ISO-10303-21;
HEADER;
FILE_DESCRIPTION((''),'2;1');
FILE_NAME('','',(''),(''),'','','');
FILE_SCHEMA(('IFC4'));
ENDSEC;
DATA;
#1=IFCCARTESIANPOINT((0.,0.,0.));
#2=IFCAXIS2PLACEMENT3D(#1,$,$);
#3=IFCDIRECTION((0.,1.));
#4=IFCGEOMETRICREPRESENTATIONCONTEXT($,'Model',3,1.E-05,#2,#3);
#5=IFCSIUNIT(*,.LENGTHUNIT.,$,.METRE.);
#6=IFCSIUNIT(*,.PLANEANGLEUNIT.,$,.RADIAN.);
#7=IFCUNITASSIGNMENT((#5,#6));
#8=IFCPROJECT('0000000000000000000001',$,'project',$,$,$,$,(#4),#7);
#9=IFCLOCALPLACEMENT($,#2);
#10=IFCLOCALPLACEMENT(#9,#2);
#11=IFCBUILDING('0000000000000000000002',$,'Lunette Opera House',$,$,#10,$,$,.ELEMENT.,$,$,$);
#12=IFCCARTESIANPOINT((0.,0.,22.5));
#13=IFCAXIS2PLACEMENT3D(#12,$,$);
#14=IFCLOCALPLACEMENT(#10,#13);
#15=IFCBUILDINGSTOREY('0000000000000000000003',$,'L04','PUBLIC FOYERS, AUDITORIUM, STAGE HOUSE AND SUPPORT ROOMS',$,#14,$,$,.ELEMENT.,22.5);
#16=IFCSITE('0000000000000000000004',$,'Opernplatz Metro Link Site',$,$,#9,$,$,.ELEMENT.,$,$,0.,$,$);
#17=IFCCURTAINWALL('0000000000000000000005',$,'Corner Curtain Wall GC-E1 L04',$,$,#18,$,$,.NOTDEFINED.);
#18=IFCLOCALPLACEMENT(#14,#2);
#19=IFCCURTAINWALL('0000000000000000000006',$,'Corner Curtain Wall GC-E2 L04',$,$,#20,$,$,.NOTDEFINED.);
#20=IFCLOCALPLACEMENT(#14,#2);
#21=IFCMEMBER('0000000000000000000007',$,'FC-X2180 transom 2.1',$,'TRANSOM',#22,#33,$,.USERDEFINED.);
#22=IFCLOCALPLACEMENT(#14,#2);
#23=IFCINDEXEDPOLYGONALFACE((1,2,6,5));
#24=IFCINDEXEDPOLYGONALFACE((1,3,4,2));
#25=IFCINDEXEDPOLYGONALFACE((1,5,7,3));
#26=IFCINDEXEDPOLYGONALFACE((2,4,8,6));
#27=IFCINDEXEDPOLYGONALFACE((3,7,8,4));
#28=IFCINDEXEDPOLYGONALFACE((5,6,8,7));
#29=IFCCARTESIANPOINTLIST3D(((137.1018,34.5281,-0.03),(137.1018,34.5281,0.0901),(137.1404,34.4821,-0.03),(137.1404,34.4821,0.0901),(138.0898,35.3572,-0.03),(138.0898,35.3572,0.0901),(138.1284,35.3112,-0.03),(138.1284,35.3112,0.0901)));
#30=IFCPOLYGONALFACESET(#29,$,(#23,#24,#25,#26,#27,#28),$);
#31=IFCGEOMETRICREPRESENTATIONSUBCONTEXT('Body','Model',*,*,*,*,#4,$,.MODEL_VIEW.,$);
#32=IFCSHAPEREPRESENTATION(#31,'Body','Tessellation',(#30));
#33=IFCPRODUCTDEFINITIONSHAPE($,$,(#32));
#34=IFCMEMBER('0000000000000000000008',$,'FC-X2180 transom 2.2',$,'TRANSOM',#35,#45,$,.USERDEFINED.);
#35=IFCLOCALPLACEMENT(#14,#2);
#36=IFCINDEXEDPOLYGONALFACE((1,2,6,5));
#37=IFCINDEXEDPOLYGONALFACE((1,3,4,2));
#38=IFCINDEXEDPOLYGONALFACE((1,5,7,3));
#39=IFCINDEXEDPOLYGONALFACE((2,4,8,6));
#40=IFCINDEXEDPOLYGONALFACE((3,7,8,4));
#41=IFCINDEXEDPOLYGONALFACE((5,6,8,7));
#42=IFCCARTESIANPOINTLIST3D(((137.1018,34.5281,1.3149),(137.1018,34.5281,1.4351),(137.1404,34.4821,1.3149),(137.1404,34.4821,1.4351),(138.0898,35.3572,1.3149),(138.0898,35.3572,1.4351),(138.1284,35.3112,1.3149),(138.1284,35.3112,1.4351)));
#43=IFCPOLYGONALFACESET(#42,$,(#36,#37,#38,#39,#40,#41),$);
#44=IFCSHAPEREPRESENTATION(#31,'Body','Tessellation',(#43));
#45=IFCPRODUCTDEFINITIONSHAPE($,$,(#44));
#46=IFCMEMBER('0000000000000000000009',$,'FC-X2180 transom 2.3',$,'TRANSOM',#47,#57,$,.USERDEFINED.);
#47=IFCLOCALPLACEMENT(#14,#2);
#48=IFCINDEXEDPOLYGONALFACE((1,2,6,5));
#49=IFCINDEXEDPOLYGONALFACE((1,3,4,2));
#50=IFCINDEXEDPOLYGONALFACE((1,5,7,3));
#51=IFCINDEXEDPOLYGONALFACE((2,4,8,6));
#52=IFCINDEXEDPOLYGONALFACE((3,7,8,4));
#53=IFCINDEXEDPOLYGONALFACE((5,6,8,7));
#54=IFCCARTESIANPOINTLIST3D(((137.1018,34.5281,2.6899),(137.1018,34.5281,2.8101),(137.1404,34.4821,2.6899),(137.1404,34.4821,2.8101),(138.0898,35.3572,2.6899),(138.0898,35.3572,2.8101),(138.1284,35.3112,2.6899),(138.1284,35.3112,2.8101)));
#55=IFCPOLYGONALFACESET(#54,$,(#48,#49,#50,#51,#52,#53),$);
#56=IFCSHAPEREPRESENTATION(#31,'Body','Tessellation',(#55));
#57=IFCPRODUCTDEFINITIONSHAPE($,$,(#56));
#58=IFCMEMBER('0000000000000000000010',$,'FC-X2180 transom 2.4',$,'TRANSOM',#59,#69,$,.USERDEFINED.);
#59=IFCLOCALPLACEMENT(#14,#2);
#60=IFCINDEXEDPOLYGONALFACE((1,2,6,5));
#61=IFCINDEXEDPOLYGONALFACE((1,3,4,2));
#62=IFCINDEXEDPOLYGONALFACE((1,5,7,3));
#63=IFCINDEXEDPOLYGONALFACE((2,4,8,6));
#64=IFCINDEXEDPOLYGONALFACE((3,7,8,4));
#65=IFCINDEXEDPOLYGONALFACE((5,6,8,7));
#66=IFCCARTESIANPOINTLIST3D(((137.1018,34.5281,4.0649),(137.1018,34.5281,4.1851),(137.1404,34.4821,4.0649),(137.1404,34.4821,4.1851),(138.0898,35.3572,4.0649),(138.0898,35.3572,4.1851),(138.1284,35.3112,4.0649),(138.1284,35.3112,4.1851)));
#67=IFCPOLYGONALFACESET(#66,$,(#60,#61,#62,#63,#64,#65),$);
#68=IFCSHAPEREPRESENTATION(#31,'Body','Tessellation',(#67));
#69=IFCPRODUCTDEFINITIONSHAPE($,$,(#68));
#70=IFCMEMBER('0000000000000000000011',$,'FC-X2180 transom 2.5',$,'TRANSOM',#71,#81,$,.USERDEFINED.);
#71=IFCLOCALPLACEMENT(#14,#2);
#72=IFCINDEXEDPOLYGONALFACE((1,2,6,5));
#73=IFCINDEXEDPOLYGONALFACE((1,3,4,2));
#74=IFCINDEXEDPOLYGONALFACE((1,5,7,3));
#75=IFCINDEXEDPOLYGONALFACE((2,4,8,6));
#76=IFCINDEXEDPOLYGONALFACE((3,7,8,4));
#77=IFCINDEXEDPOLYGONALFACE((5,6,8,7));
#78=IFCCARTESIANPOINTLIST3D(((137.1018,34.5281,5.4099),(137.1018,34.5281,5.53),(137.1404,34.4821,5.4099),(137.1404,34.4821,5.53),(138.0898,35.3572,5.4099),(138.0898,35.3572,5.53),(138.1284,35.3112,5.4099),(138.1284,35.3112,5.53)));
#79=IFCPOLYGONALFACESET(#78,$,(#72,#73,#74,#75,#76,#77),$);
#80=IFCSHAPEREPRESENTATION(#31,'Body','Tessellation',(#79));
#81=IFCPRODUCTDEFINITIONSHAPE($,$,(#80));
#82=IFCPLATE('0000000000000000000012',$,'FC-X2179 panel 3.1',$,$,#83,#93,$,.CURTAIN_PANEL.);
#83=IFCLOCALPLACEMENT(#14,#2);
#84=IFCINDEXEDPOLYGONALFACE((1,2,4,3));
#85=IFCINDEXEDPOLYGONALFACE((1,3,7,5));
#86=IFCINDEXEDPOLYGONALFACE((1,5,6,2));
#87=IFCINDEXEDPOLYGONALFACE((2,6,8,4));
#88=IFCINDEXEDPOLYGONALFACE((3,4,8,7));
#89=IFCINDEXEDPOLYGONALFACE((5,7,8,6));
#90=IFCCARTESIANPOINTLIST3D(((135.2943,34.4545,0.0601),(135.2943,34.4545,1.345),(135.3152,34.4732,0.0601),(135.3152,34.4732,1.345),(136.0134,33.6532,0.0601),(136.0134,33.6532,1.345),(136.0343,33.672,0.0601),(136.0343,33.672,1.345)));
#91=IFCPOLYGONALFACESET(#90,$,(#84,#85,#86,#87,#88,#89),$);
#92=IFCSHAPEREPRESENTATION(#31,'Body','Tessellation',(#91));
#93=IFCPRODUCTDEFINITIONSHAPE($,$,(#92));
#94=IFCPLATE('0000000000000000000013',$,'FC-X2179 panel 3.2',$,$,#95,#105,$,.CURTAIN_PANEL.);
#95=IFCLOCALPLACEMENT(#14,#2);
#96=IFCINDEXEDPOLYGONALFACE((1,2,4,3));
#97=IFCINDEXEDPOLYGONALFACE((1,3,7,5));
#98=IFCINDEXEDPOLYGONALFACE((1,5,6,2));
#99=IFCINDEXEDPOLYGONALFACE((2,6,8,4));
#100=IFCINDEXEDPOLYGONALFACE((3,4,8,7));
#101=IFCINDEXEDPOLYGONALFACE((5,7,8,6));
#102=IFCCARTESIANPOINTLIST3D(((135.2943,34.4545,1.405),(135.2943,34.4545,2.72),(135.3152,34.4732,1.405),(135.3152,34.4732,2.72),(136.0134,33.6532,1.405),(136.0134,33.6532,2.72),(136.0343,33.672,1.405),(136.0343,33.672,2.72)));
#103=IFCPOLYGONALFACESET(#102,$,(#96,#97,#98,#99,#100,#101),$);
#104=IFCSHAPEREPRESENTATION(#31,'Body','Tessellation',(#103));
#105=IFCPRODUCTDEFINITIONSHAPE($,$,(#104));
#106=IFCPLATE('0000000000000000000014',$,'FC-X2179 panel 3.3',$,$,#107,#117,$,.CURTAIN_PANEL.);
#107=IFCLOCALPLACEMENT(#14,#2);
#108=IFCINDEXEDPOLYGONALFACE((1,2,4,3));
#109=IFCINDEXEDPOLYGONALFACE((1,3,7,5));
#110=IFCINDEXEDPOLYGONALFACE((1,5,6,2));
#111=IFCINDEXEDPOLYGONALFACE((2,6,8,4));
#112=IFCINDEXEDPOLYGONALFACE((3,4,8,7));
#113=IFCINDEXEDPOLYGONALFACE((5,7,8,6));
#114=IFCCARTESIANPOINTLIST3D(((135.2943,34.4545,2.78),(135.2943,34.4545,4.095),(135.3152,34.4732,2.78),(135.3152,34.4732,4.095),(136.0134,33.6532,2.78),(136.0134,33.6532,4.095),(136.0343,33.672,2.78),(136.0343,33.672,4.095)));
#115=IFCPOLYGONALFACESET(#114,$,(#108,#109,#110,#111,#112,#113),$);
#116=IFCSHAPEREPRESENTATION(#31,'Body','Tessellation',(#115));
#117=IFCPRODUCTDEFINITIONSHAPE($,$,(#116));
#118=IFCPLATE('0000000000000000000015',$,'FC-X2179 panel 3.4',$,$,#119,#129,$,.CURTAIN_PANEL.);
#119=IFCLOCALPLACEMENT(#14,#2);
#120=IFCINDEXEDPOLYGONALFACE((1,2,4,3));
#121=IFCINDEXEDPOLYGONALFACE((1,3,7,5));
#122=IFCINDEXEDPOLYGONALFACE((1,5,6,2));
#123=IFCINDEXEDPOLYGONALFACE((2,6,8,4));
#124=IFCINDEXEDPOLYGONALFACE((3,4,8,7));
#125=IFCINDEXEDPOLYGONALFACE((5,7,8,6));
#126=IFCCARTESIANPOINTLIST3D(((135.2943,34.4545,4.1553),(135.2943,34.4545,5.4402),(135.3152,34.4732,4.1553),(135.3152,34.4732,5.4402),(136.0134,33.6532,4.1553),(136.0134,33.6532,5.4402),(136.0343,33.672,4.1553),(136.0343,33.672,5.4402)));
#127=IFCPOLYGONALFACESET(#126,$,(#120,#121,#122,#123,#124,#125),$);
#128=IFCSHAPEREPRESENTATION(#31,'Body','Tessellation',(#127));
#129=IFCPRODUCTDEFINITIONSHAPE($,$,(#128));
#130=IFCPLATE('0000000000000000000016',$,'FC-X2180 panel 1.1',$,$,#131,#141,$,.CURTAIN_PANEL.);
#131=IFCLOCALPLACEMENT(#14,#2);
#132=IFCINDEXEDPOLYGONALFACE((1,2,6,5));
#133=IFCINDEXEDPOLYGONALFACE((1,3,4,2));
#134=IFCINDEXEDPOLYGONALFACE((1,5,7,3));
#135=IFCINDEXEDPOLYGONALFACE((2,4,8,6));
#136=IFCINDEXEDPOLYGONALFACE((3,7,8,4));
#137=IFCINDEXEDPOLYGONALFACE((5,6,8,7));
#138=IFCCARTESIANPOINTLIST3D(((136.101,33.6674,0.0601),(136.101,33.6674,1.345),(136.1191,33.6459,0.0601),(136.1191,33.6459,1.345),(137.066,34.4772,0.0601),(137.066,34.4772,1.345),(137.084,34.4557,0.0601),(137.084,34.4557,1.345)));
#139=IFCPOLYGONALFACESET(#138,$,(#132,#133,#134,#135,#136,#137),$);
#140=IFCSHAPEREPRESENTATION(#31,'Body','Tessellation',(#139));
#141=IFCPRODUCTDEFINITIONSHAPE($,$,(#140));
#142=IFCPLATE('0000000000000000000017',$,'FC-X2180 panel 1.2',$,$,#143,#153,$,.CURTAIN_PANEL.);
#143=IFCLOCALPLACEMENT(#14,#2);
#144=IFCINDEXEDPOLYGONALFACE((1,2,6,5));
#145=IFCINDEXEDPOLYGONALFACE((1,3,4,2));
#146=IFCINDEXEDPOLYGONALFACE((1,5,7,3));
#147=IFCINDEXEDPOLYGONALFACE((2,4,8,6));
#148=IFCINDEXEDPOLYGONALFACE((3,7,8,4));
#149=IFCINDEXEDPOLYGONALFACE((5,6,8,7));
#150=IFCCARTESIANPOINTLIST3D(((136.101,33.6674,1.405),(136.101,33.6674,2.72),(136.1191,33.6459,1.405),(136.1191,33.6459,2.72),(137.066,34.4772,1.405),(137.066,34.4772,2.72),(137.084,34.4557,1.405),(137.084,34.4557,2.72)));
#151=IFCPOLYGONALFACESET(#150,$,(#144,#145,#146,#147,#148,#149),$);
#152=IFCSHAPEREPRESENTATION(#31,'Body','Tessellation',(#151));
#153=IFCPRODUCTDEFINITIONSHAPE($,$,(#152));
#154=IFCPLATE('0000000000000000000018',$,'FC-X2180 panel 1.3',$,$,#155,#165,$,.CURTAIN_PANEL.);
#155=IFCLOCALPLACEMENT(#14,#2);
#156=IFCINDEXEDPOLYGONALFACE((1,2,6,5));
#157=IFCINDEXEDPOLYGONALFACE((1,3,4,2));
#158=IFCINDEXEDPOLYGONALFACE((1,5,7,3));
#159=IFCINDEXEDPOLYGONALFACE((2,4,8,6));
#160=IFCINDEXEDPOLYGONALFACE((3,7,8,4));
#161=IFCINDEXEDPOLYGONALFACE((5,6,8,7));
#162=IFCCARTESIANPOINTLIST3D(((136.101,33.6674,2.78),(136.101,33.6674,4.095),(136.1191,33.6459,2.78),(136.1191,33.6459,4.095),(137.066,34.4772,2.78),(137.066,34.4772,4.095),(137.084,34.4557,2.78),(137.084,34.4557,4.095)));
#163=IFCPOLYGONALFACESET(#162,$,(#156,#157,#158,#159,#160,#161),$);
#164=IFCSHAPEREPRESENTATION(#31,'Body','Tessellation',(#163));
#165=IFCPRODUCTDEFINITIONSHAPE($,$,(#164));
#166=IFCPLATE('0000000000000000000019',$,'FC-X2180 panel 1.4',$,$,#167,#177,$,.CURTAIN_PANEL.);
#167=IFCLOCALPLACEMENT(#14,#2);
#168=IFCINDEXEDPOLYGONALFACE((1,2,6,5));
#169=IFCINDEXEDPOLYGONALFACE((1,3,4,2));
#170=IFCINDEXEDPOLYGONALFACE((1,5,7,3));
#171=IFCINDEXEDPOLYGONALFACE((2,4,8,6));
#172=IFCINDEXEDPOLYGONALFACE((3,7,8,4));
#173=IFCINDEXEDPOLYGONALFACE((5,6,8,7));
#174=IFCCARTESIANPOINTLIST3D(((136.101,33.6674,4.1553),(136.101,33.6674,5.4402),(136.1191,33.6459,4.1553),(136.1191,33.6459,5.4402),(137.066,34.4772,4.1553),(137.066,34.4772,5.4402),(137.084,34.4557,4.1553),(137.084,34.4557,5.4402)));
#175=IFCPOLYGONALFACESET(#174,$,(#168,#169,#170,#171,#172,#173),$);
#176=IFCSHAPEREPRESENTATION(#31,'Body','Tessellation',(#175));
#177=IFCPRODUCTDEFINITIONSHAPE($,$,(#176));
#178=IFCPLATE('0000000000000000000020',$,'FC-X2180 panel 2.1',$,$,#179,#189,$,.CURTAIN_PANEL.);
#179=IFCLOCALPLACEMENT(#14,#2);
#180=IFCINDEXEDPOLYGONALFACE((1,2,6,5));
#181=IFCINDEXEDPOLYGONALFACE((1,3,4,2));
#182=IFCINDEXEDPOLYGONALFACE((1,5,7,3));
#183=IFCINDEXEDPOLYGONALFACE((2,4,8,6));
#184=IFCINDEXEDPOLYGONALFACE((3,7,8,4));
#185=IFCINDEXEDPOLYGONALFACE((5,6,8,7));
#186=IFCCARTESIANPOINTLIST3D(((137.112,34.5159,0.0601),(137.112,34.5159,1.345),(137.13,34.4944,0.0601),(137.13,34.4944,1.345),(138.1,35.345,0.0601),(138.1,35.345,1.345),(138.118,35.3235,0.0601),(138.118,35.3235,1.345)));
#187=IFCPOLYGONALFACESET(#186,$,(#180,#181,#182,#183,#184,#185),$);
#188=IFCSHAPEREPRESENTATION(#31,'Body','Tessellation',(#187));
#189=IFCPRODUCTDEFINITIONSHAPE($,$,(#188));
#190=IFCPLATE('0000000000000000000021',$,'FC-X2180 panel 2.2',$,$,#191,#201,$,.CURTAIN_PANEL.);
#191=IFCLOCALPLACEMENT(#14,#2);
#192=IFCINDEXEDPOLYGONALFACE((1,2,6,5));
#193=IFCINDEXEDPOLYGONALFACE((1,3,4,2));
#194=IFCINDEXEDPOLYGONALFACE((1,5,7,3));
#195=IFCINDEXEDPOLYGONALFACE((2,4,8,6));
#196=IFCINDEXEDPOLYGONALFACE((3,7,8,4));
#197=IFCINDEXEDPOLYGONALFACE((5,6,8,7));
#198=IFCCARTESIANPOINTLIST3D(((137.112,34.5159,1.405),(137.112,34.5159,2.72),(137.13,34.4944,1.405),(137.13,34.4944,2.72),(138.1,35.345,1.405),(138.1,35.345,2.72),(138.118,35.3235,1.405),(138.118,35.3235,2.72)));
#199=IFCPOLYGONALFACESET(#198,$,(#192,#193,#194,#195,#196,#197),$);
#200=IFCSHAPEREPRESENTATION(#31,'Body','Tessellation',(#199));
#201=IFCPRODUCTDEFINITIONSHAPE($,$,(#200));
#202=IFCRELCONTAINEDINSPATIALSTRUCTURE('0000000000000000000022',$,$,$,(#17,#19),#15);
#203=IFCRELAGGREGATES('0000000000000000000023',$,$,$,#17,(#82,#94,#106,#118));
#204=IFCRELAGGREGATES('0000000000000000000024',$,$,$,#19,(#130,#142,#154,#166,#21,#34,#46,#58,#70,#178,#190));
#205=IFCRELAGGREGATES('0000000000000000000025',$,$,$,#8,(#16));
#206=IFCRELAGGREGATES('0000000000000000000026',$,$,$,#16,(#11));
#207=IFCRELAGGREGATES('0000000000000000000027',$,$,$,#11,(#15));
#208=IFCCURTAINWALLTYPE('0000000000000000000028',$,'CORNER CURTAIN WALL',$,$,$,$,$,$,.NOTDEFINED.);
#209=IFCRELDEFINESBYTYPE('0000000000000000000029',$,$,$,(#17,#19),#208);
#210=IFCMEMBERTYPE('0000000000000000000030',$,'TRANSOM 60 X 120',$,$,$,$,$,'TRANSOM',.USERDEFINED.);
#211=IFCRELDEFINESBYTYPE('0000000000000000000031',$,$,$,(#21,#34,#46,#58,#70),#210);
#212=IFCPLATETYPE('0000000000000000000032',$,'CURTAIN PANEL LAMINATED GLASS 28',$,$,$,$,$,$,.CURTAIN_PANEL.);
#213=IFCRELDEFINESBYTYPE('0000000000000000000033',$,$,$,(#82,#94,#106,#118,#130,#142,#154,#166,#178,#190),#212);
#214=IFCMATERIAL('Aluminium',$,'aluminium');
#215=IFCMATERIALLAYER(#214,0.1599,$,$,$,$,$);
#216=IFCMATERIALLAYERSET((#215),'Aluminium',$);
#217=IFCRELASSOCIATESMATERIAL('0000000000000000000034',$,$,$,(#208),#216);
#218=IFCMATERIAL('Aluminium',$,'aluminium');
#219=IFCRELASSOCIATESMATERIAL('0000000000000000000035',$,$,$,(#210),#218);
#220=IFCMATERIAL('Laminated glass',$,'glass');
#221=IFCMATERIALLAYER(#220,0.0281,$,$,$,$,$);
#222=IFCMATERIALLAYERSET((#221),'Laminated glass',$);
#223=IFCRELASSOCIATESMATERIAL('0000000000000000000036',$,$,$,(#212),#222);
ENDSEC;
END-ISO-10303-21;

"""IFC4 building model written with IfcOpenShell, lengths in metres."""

from ifc_helpers import new_model, si_unit, direction, frame, origin, origin_2d, place, context, subcontext, project, spatial, rectangle, extrude, material, layer, layer_set, material_profile, profile_set, type_object, element, aggregate, save


model = new_model("IFC4")

# Units and contexts
model_context = context("Model", 3, precision=1e-05, world=origin(), true_north=direction((0.0, 1.0)))
body_context = subcontext(model_context, "Body", "Model", "MODEL_VIEW")
ifc_project = project(units=[si_unit("LENGTHUNIT", "METRE"), si_unit("PLANEANGLEUNIT", "RADIAN")], contexts=[model_context])

# Site, building, storey
site_placement = place(None, origin())
site = spatial("IfcSite", under=ifc_project, at=site_placement, Name="Opernplatz Metro Link Site", CompositionType="ELEMENT", RefElevation=0.0)
building_placement = place(site_placement, origin())
building = spatial("IfcBuilding", under=site, at=building_placement, Name="Lunette Opera House", CompositionType="ELEMENT")
storey_placement = place(building_placement, frame((0.0, 0.0, 22.5)))
storey = spatial("IfcBuildingStorey", under=building, at=storey_placement, Name="L04", Description="PUBLIC FOYERS, AUDITORIUM, STAGE HOUSE AND SUPPORT ROOMS", CompositionType="ELEMENT", Elevation=22.5)

# Curtain walls
ifc_material_1 = material(Name="Aluminium", Category="aluminium")
ifc_layer_1 = layer(ifc_material_1, 0.1599)
ifc_layer_set_1 = layer_set([ifc_layer_1], Name="Aluminium")
curtain_wall_type = type_object("IfcCurtainWallType", Name="CORNER CURTAIN WALL", PredefinedType="NOTDEFINED", material=ifc_layer_set_1)
curtain_wall_1_placement = place(storey_placement, origin())
curtain_wall_1 = element("IfcCurtainWall", 1, at=curtain_wall_1_placement, inside=storey, type_object=curtain_wall_type, Name="Corner Curtain Wall GC-E1 L04", PredefinedType="NOTDEFINED")
curtain_wall_2_placement = place(storey_placement, origin())
curtain_wall_2 = element("IfcCurtainWall", 2, at=curtain_wall_2_placement, inside=storey, type_object=curtain_wall_type, Name="Corner Curtain Wall GC-E2 L04", PredefinedType="NOTDEFINED")

# Members
ifc_material_2 = material(Name="Aluminium", Category="aluminium")
ifc_material_profile_1 = material_profile(ifc_material_2, rectangle(XDim=0.0601, YDim=0.1201, at=origin_2d()), Name="TRANSOM 60 X 120")
ifc_profile_set_1 = profile_set([ifc_material_profile_1], Name="Aluminium")
member_type_1 = type_object("IfcMemberType", Name="TRANSOM 60 X 120", ElementType="TRANSOM", PredefinedType="USERDEFINED", material=ifc_profile_set_1)
member_1_placement = place(storey_placement, frame((137.1211, 34.5051, 0.03), z_axis=(0.766029, 0.642806, 0.0), x_axis=(-0.642806, 0.766029, 0.0)))
member_1 = element("IfcMember", 3, at=member_1_placement, type_object=member_type_1, Name="FC-X2180 transom 2.1", ObjectType="TRANSOM", PredefinedType="USERDEFINED", context=body_context, shape_type="SweptSolid", body=[
    extrude(rectangle(XDim=0.0601, YDim=0.1201, at=origin_2d()), origin(), (0.0, 0.0, 1.0), 1.2898),
])
member_2_placement = place(storey_placement, frame((137.1211, 34.5051, 1.375), z_axis=(0.766029, 0.642806, 0.0), x_axis=(-0.642806, 0.766029, 0.0)))
member_2 = element("IfcMember", 4, at=member_2_placement, type_object=member_type_1, Name="FC-X2180 transom 2.2", ObjectType="TRANSOM", PredefinedType="USERDEFINED", context=body_context, shape_type="SweptSolid", body=[
    extrude(rectangle(XDim=0.0601, YDim=0.1201, at=origin_2d()), origin(), (0.0, 0.0, 1.0), 1.2898),
])
member_3_placement = place(storey_placement, frame((137.1211, 34.5051, 2.75), z_axis=(0.766029, 0.642806, 0.0), x_axis=(-0.642806, 0.766029, 0.0)))
member_3 = element("IfcMember", 5, at=member_3_placement, type_object=member_type_1, Name="FC-X2180 transom 2.3", ObjectType="TRANSOM", PredefinedType="USERDEFINED", context=body_context, shape_type="SweptSolid", body=[
    extrude(rectangle(XDim=0.0601, YDim=0.1201, at=origin_2d()), origin(), (0.0, 0.0, 1.0), 1.2898),
])
member_4_placement = place(storey_placement, frame((137.1211, 34.5051, 4.125), z_axis=(0.766029, 0.642806, 0.0), x_axis=(-0.642806, 0.766029, 0.0)))
member_4 = element("IfcMember", 6, at=member_4_placement, type_object=member_type_1, Name="FC-X2180 transom 2.4", ObjectType="TRANSOM", PredefinedType="USERDEFINED", context=body_context, shape_type="SweptSolid", body=[
    extrude(rectangle(XDim=0.0601, YDim=0.1201, at=origin_2d()), origin(), (0.0, 0.0, 1.0), 1.2898),
])
member_5_placement = place(storey_placement, frame((137.1211, 34.5051, 5.47), z_axis=(0.766029, 0.642806, 0.0), x_axis=(-0.642806, 0.766029, 0.0)))
member_5 = element("IfcMember", 7, at=member_5_placement, type_object=member_type_1, Name="FC-X2180 transom 2.5", ObjectType="TRANSOM", PredefinedType="USERDEFINED", context=body_context, shape_type="SweptSolid", body=[
    extrude(rectangle(XDim=0.0601, YDim=0.1201, at=origin_2d()), origin(), (0.0, 0.0, 1.0), 1.2898),
])

# Plates
ifc_material_3 = material(Name="Laminated glass", Category="glass")
ifc_layer_2 = layer(ifc_material_3, 0.0281)
ifc_layer_set_2 = layer_set([ifc_layer_2], Name="Laminated glass")
plate_type = type_object("IfcPlateType", Name="CURTAIN PANEL LAMINATED GLASS 28", PredefinedType="CURTAIN_PANEL", material=ifc_layer_set_2)
plate_1_placement = place(storey_placement, frame((135.6643, 34.0632, 0.0601), z_axis=(0.0, 0.0, 1.0), x_axis=(0.667938, -0.744217, 0.0)))
plate_1 = element("IfcPlate", 8, at=plate_1_placement, type_object=plate_type, Name="FC-X2179 panel 3.1", PredefinedType="CURTAIN_PANEL", context=body_context, shape_type="SweptSolid", body=[
    extrude(rectangle(XDim=1.0767, YDim=0.0281, at=origin_2d()), origin(), (0.0, 0.0, 1.0), 1.2849),
])
plate_2_placement = place(storey_placement, frame((135.6643, 34.0632, 1.405), z_axis=(0.0, 0.0, 1.0), x_axis=(0.667938, -0.744217, 0.0)))
plate_2 = element("IfcPlate", 9, at=plate_2_placement, type_object=plate_type, Name="FC-X2179 panel 3.2", PredefinedType="CURTAIN_PANEL", context=body_context, shape_type="SweptSolid", body=[
    extrude(rectangle(XDim=1.0767, YDim=0.0281, at=origin_2d()), origin(), (0.0, 0.0, 1.0), 1.3149),
])
plate_3_placement = place(storey_placement, frame((135.6643, 34.0632, 2.78), z_axis=(0.0, 0.0, 1.0), x_axis=(0.667938, -0.744217, 0.0)))
plate_3 = element("IfcPlate", 10, at=plate_3_placement, type_object=plate_type, Name="FC-X2179 panel 3.3", PredefinedType="CURTAIN_PANEL", context=body_context, shape_type="SweptSolid", body=[
    extrude(rectangle(XDim=1.0767, YDim=0.0281, at=origin_2d()), origin(), (0.0, 0.0, 1.0), 1.3149),
])
plate_4_placement = place(storey_placement, frame((135.6643, 34.0632, 4.1553), z_axis=(0.0, 0.0, 1.0), x_axis=(0.667938, -0.744217, 0.0)))
plate_4 = element("IfcPlate", 11, at=plate_4_placement, type_object=plate_type, Name="FC-X2179 panel 3.4", PredefinedType="CURTAIN_PANEL", context=body_context, shape_type="SweptSolid", body=[
    extrude(rectangle(XDim=1.0767, YDim=0.0281, at=origin_2d()), origin(), (0.0, 0.0, 1.0), 1.2849),
])
aggregate(curtain_wall_1, [plate_1, plate_2, plate_3, plate_4])
plate_5_placement = place(storey_placement, frame((136.5925, 34.0615, 0.0601), z_axis=(0.0, 0.0, 1.0), x_axis=(0.766, 0.64284, 0.0)))
plate_5 = element("IfcPlate", 12, at=plate_5_placement, type_object=plate_type, Name="FC-X2180 panel 1.1", PredefinedType="CURTAIN_PANEL", context=body_context, shape_type="SweptSolid", body=[
    extrude(rectangle(XDim=1.2598, YDim=0.0281, at=origin_2d()), origin(), (0.0, 0.0, 1.0), 1.2849),
])
plate_6_placement = place(storey_placement, frame((136.5925, 34.0615, 1.405), z_axis=(0.0, 0.0, 1.0), x_axis=(0.766, 0.64284, 0.0)))
plate_6 = element("IfcPlate", 13, at=plate_6_placement, type_object=plate_type, Name="FC-X2180 panel 1.2", PredefinedType="CURTAIN_PANEL", context=body_context, shape_type="SweptSolid", body=[
    extrude(rectangle(XDim=1.2598, YDim=0.0281, at=origin_2d()), origin(), (0.0, 0.0, 1.0), 1.3149),
])
plate_7_placement = place(storey_placement, frame((136.5925, 34.0615, 2.78), z_axis=(0.0, 0.0, 1.0), x_axis=(0.766, 0.64284, 0.0)))
plate_7 = element("IfcPlate", 14, at=plate_7_placement, type_object=plate_type, Name="FC-X2180 panel 1.3", PredefinedType="CURTAIN_PANEL", context=body_context, shape_type="SweptSolid", body=[
    extrude(rectangle(XDim=1.2598, YDim=0.0281, at=origin_2d()), origin(), (0.0, 0.0, 1.0), 1.3149),
])
plate_8_placement = place(storey_placement, frame((136.5925, 34.0615, 4.1553), z_axis=(0.0, 0.0, 1.0), x_axis=(0.766, 0.64284, 0.0)))
plate_8 = element("IfcPlate", 15, at=plate_8_placement, type_object=plate_type, Name="FC-X2180 panel 1.4", PredefinedType="CURTAIN_PANEL", context=body_context, shape_type="SweptSolid", body=[
    extrude(rectangle(XDim=1.2598, YDim=0.0281, at=origin_2d()), origin(), (0.0, 0.0, 1.0), 1.2849),
])
plate_9_placement = place(storey_placement, frame((137.615, 34.9197, 0.0601), z_axis=(0.0, 0.0, 1.0), x_axis=(0.766, 0.64284, 0.0)))
plate_9 = element("IfcPlate", 16, at=plate_9_placement, type_object=plate_type, Name="FC-X2180 panel 2.1", PredefinedType="CURTAIN_PANEL", context=body_context, shape_type="SweptSolid", body=[
    extrude(rectangle(XDim=1.2898, YDim=0.0281, at=origin_2d()), origin(), (0.0, 0.0, 1.0), 1.2849),
])
plate_10_placement = place(storey_placement, frame((137.615, 34.9197, 1.405), z_axis=(0.0, 0.0, 1.0), x_axis=(0.766, 0.64284, 0.0)))
plate_10 = element("IfcPlate", 17, at=plate_10_placement, type_object=plate_type, Name="FC-X2180 panel 2.2", PredefinedType="CURTAIN_PANEL", context=body_context, shape_type="SweptSolid", body=[
    extrude(rectangle(XDim=1.2898, YDim=0.0281, at=origin_2d()), origin(), (0.0, 0.0, 1.0), 1.3149),
])
aggregate(curtain_wall_2, [plate_5, plate_6, plate_7, plate_8, member_1, member_2, member_3, member_4, member_5, plate_9, plate_10])

save(model, "model.ifc")
